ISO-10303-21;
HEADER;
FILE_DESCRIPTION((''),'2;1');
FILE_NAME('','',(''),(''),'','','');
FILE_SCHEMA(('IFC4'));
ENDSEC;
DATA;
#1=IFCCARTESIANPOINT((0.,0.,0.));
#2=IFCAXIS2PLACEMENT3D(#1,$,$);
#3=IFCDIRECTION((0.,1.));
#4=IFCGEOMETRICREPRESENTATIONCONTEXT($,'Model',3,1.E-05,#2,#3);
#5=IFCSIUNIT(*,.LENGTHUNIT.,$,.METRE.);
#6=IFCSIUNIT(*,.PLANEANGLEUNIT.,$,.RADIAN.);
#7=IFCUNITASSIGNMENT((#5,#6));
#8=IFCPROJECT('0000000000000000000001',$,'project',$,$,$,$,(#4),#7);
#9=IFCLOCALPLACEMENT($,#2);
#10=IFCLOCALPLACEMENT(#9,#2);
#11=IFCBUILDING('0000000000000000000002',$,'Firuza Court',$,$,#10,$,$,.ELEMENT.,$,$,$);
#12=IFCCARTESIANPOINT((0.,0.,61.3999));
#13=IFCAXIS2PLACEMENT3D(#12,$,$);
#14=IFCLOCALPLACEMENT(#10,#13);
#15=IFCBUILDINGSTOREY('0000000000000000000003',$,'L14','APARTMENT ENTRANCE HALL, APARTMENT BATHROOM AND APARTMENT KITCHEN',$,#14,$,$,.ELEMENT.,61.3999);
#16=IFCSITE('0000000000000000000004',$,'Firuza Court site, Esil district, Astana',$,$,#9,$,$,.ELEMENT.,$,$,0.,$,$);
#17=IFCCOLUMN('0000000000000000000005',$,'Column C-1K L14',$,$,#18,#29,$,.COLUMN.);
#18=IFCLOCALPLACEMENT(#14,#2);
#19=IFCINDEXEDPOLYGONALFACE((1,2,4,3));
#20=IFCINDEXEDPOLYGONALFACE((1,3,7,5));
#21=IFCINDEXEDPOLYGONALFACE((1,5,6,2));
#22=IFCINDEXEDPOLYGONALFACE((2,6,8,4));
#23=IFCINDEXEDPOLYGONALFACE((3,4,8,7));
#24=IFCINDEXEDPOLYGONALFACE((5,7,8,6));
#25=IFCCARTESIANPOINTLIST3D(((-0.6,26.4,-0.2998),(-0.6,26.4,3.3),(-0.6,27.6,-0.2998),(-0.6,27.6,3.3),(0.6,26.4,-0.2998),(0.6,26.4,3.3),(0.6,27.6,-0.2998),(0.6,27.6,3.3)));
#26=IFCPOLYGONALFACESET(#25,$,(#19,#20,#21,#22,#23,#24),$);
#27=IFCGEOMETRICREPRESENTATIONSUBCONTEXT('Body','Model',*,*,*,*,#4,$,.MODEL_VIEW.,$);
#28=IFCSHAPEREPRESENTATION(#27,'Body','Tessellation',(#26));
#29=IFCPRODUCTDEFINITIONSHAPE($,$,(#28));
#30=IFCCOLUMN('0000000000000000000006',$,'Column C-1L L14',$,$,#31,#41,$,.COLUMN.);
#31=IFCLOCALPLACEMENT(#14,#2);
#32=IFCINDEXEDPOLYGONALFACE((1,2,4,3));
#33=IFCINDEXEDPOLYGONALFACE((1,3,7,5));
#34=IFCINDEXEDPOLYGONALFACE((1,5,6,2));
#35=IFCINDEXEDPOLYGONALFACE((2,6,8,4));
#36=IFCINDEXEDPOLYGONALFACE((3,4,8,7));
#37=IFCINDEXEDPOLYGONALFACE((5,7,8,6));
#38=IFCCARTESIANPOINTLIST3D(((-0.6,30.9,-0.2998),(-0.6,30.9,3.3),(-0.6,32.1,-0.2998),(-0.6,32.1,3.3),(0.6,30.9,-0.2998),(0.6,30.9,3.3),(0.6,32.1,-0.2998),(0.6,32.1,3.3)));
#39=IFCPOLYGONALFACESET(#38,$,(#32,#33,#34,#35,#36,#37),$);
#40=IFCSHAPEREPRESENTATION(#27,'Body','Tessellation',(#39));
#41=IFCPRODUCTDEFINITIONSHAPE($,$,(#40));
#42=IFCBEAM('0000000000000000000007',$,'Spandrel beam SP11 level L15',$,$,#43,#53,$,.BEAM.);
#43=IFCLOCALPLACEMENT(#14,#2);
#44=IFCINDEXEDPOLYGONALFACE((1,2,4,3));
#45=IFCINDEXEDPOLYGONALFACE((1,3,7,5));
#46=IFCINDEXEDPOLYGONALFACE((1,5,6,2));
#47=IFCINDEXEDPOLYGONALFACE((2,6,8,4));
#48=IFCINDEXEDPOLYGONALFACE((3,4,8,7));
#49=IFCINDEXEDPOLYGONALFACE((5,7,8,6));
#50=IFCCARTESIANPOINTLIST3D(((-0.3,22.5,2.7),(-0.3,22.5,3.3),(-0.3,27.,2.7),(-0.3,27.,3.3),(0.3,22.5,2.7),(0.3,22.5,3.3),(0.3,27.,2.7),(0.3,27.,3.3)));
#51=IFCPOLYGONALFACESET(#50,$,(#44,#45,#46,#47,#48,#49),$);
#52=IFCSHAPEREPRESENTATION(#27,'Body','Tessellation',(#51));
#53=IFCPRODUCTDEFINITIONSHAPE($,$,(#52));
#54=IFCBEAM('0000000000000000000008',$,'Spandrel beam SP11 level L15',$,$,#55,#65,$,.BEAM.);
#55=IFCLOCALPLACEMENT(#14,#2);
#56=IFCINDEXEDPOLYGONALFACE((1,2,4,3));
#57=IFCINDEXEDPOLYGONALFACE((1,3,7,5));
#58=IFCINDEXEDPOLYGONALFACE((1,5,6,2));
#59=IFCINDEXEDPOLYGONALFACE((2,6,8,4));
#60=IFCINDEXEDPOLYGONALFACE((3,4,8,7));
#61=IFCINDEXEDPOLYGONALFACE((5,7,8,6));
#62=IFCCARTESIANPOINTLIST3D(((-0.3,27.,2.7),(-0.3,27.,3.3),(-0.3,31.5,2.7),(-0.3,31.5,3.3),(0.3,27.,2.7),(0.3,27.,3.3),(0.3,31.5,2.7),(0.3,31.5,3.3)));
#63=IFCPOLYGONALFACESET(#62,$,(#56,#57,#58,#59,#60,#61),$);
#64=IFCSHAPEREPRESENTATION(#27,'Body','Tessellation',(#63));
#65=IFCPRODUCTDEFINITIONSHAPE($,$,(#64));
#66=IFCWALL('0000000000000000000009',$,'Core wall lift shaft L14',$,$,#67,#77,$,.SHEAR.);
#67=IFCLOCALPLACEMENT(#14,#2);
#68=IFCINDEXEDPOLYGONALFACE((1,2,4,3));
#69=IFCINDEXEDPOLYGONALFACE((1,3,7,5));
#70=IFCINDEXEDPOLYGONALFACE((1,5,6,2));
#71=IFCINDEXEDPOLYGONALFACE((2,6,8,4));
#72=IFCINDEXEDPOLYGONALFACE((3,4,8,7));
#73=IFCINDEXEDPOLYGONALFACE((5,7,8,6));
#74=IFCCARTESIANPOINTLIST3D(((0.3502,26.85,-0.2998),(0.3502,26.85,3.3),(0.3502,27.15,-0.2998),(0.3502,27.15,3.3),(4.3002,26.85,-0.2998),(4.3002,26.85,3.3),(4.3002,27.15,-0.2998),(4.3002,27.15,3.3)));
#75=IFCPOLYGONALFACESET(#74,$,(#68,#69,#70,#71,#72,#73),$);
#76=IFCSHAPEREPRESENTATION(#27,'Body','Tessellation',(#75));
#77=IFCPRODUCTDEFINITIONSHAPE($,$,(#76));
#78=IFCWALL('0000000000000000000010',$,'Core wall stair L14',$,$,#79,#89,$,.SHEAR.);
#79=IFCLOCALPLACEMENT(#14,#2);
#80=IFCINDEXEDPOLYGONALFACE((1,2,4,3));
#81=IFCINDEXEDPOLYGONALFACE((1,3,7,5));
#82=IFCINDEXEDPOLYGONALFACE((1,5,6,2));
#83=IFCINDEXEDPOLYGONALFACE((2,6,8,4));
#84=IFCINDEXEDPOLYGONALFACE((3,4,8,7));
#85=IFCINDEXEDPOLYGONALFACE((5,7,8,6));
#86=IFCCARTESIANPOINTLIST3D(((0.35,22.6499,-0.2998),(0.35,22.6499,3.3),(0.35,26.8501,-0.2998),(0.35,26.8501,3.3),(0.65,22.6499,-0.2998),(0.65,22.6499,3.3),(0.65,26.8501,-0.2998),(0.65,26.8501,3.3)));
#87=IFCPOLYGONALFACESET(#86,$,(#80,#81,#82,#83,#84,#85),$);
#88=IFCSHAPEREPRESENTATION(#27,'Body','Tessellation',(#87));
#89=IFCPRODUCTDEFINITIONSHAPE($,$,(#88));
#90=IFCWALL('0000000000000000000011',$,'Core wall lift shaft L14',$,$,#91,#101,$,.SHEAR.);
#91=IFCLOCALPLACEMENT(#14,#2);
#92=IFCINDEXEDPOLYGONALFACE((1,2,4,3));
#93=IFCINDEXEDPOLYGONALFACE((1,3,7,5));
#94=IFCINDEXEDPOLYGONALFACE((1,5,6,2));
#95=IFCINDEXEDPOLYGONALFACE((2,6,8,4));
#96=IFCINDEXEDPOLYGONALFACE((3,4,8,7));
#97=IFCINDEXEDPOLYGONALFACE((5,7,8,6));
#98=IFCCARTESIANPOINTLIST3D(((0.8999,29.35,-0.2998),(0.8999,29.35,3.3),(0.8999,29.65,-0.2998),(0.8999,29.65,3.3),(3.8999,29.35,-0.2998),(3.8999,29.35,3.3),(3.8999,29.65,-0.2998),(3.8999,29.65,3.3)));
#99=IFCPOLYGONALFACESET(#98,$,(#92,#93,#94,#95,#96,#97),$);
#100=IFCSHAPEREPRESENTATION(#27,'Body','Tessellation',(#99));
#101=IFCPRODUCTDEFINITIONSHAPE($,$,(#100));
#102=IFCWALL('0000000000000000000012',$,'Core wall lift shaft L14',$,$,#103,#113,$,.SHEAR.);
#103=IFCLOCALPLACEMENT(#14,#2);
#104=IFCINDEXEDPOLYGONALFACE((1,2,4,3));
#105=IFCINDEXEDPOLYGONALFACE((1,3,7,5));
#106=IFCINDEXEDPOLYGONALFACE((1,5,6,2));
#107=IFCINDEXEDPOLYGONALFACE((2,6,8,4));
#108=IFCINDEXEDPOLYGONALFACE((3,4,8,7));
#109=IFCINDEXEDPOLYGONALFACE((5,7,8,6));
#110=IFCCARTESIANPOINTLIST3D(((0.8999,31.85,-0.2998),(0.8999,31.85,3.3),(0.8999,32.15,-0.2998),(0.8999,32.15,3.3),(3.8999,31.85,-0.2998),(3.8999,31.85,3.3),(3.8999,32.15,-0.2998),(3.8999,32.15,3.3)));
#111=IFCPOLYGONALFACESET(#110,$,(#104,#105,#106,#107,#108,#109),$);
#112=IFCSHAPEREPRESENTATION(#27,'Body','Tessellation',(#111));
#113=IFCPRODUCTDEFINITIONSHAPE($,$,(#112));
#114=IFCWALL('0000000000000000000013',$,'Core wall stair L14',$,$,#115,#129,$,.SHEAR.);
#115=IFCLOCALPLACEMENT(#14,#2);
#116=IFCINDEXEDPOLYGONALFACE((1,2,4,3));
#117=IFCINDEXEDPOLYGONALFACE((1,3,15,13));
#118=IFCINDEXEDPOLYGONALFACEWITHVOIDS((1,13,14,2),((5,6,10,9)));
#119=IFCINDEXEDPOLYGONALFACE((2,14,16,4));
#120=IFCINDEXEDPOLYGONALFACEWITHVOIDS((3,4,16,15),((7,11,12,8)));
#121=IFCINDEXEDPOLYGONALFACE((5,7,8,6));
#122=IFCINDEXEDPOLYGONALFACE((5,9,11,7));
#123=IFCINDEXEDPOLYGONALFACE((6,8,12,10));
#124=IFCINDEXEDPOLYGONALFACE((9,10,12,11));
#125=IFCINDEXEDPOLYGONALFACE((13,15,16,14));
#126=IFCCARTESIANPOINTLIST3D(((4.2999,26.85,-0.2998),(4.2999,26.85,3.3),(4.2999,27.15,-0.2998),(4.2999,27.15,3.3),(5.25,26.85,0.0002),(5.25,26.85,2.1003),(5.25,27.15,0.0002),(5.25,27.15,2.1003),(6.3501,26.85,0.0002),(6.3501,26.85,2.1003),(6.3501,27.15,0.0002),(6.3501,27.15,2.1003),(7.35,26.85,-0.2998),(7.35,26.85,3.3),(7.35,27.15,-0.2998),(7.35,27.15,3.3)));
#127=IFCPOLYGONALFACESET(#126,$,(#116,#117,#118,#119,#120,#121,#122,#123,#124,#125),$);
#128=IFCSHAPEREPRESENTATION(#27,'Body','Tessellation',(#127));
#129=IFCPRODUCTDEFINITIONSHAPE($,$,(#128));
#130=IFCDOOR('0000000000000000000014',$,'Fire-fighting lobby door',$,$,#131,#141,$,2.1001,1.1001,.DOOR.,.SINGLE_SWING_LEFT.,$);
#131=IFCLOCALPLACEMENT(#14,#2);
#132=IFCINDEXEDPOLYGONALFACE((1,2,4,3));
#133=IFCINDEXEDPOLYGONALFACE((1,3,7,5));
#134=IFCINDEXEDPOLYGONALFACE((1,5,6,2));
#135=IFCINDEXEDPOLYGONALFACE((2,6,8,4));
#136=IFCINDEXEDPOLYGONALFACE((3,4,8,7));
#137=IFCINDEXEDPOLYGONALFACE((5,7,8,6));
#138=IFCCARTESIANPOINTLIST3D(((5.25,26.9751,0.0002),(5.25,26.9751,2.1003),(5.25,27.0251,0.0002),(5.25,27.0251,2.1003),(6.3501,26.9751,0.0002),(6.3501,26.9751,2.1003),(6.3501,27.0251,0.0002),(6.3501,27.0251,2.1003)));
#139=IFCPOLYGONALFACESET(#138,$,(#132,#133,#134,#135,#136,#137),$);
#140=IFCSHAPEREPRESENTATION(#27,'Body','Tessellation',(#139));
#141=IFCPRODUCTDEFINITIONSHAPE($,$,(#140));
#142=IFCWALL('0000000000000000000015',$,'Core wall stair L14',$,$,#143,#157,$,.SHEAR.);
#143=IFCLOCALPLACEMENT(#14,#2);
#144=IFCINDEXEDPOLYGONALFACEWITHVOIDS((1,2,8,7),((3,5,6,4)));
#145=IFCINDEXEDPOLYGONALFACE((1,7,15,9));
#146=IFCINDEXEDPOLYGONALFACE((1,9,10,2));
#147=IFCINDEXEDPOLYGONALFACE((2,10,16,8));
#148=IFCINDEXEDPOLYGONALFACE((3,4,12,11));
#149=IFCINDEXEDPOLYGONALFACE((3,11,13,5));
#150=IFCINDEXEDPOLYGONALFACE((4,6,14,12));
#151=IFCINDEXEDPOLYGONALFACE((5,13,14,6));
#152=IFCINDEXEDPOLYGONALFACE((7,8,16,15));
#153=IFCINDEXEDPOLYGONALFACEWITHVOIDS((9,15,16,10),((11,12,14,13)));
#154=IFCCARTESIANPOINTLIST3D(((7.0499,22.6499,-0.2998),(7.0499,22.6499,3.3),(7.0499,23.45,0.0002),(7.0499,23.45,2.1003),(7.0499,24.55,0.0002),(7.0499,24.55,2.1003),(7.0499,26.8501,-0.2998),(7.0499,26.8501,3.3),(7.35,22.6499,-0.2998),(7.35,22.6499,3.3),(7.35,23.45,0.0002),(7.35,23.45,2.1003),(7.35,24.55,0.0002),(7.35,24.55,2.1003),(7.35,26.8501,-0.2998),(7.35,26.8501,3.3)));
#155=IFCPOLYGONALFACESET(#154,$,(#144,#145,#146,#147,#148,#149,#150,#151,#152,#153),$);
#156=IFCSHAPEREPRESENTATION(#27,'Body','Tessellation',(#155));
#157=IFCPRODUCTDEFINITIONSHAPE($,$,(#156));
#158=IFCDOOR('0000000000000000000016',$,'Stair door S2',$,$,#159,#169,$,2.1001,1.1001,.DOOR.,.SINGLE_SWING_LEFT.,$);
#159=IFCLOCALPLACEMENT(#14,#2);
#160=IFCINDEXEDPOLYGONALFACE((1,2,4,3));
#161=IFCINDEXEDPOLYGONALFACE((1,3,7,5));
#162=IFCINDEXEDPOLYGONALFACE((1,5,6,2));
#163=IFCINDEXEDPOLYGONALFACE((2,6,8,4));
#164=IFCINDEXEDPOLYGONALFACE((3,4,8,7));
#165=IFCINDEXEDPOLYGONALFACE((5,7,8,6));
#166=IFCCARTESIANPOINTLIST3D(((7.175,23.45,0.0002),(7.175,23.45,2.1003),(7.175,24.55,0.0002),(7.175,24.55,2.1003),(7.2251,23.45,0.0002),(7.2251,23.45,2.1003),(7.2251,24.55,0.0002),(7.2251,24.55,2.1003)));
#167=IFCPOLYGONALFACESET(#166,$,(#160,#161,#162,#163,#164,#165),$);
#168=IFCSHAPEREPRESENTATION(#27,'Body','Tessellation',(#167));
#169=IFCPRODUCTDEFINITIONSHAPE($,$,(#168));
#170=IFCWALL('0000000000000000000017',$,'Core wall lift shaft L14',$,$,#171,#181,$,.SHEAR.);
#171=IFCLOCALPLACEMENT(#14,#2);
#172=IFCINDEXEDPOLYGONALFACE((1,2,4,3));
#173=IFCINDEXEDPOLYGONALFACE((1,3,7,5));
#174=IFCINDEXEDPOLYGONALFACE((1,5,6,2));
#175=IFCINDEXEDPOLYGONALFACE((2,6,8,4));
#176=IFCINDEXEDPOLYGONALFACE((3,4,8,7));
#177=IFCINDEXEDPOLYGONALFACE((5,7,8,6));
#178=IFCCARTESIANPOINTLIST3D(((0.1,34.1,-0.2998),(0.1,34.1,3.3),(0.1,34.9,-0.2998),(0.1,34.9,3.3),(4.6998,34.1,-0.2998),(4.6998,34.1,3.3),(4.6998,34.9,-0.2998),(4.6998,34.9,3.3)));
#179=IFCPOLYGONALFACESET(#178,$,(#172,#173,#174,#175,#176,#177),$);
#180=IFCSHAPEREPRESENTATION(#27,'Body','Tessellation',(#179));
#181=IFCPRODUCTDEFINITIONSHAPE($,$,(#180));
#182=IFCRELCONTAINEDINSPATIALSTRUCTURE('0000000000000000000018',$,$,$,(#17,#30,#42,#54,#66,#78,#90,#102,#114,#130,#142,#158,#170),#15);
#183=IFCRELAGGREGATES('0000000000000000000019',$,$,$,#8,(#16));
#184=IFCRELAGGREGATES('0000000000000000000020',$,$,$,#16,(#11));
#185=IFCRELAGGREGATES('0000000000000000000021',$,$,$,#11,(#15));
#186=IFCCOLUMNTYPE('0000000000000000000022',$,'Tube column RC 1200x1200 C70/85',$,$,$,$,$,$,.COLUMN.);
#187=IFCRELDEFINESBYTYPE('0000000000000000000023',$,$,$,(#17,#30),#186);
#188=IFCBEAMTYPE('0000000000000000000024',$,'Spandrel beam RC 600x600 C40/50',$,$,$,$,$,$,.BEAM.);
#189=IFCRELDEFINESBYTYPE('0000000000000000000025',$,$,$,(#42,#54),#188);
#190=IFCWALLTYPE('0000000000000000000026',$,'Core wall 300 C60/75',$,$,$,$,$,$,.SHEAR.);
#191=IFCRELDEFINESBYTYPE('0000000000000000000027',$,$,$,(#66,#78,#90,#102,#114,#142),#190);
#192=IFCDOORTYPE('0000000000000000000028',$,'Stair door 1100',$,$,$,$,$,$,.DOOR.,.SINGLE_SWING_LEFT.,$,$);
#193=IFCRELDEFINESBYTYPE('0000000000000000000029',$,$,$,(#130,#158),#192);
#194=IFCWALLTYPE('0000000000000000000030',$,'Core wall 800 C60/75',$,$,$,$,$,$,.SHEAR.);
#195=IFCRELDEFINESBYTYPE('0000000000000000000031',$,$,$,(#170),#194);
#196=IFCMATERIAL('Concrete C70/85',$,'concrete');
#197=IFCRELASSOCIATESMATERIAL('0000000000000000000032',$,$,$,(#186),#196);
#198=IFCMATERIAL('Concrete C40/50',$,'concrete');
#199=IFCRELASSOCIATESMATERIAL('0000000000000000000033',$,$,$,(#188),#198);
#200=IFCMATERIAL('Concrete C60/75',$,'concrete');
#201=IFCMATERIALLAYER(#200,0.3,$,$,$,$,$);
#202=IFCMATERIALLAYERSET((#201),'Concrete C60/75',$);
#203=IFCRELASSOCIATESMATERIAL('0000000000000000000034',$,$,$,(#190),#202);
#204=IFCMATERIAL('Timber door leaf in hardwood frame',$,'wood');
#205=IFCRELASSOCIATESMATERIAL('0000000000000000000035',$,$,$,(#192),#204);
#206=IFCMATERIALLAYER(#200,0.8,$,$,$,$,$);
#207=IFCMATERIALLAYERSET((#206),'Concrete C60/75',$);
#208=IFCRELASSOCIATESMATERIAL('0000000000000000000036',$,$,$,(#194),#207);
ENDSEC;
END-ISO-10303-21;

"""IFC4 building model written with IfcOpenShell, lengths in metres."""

from ifc_helpers import new_model, si_unit, direction, frame, frame_2d, origin, origin_2d, place, context, subcontext, project, spatial, rectangle, extrude, material, layer, layer_set, material_profile, profile_set, type_object, element, fill, save


model = new_model("IFC4")

# Units and contexts
model_context = context("Model", 3, precision=1e-05, world=origin(), true_north=direction((0.0, 1.0)))
body_context = subcontext(model_context, "Body", "Model", "MODEL_VIEW")
ifc_project = project(units=[si_unit("LENGTHUNIT", "METRE"), si_unit("PLANEANGLEUNIT", "RADIAN")], contexts=[model_context])

# Site, building, storey
site_placement = place(None, origin())
site = spatial("IfcSite", under=ifc_project, at=site_placement, Name="Firuza Court site, Esil district, Astana", CompositionType="ELEMENT", RefElevation=0.0)
building_placement = place(site_placement, origin())
building = spatial("IfcBuilding", under=site, at=building_placement, Name="Firuza Court", CompositionType="ELEMENT")
storey_placement = place(building_placement, frame((0.0, 0.0, 61.3999)))
storey = spatial("IfcBuildingStorey", under=building, at=storey_placement, Name="L14", Description="APARTMENT ENTRANCE HALL, APARTMENT BATHROOM AND APARTMENT KITCHEN", CompositionType="ELEMENT", Elevation=61.3999)

# Columns
ifc_material_1 = material(Name="Concrete C70/85", Category="concrete")
ifc_material_profile_1 = material_profile(ifc_material_1, rectangle(XDim=1.2, YDim=1.2, at=origin_2d()), Name="RC 1200x1200")
ifc_profile_set_1 = profile_set([ifc_material_profile_1], Name="Concrete C70/85")
column_type = type_object("IfcColumnType", Name="Tube column RC 1200x1200 C70/85", PredefinedType="COLUMN", material=ifc_profile_set_1)
for number, where, z_axis, x_axis, name in (
    (1, (0.0, 27.0, -0.2998), (0.0, 0.0, 1.0), (1.0, 0.0, 0.0), "Column C-1K L14"),
    (2, (0.0, 31.5, -0.2998), (0.0, 0.0, 1.0), (1.0, 0.0, 0.0), "Column C-1L L14"),
):
    element("IfcColumn", number, at=place(storey_placement, frame(where, z_axis=z_axis, x_axis=x_axis)), inside=storey, type_object=column_type, Name=name, PredefinedType="COLUMN", context=body_context, shape_type="SweptSolid", body=[
        extrude(rectangle(XDim=1.2, YDim=1.2, at=origin_2d()), origin(), (0.0, 0.0, 1.0), 3.5999),
    ])

# Beams
ifc_material_2 = material(Name="Concrete C40/50", Category="concrete")
ifc_material_profile_2 = material_profile(ifc_material_2, rectangle(XDim=0.6001, YDim=0.6001, at=origin_2d()), Name="RC 600x600")
ifc_profile_set_2 = profile_set([ifc_material_profile_2], Name="Concrete C40/50")
beam_type = type_object("IfcBeamType", Name="Spandrel beam RC 600x600 C40/50", PredefinedType="BEAM", material=ifc_profile_set_2)
for number, where, z_axis, x_axis, name in (
    (3, (0.0, 27.0, 3.0), (0.0, -1.0, 0.0), (1.0, 0.0, 0.0), "Spandrel beam SP11 level L15"),
    (4, (0.0, 31.5, 3.0), (0.0, -1.0, 0.0), (1.0, 0.0, 0.0), "Spandrel beam SP11 level L15"),
):
    element("IfcBeam", number, at=place(storey_placement, frame(where, z_axis=z_axis, x_axis=x_axis)), inside=storey, type_object=beam_type, Name=name, PredefinedType="BEAM", context=body_context, shape_type="SweptSolid", body=[
        extrude(rectangle(XDim=0.6001, YDim=0.6001, at=origin_2d()), origin(), (0.0, 0.0, 1.0), 4.5),
    ])

# Walls
ifc_material_3 = material(Name="Concrete C60/75", Category="concrete")
ifc_layer_1 = layer(ifc_material_3, 0.3)
ifc_layer_set_1 = layer_set([ifc_layer_1], Name="Concrete C60/75")
wall_type_1 = type_object("IfcWallType", Name="Core wall 300 C60/75", PredefinedType="SHEAR", material=ifc_layer_set_1)
wall_1_placement = place(storey_placement, frame((0.3501, 27.0, -0.2998), z_axis=(0.0, 0.0, 1.0), x_axis=(1.0, 0.0, 0.0)))
element("IfcWall", 5, at=wall_1_placement, inside=storey, type_object=wall_type_1, Name="Core wall lift shaft L14", PredefinedType="SHEAR", context=body_context, shape_type="SweptSolid", body=[
    extrude(rectangle(XDim=3.95, YDim=0.3, at=frame_2d((1.9751, 0.0))), origin(), (0.0, 0.0, 1.0), 3.5999),
])
wall_2_placement = place(storey_placement, frame((0.5, 22.6499, -0.2998), z_axis=(0.0, 0.0, 1.0), x_axis=(0.0, 1.0, 0.0)))
element("IfcWall", 6, at=wall_2_placement, inside=storey, type_object=wall_type_1, Name="Core wall stair L14", PredefinedType="SHEAR", context=body_context, shape_type="SweptSolid", body=[
    extrude(rectangle(XDim=4.2002, YDim=0.3, at=frame_2d((2.1001, 0.0))), origin(), (0.0, 0.0, 1.0), 3.5999),
])
for number, where, z_axis, x_axis, name in (
    (7, (0.8999, 29.5, -0.2998), (0.0, 0.0, 1.0), (1.0, 0.0, 0.0), "Core wall lift shaft L14"),
    (8, (0.8999, 32.0, -0.2998), (0.0, 0.0, 1.0), (1.0, 0.0, 0.0), "Core wall lift shaft L14"),
):
    element("IfcWall", number, at=place(storey_placement, frame(where, z_axis=z_axis, x_axis=x_axis)), inside=storey, type_object=wall_type_1, Name=name, PredefinedType="SHEAR", context=body_context, shape_type="SweptSolid", body=[
        extrude(rectangle(XDim=3.0, YDim=0.3, at=frame_2d((1.5, 0.0))), origin(), (0.0, 0.0, 1.0), 3.5999),
    ])

# Walls, openings, doors
wall_3_placement = place(storey_placement, frame((4.3, 27.0, -0.2998), z_axis=(0.0, 0.0, 1.0), x_axis=(1.0, 0.0, 0.0)))
wall_3 = element("IfcWall", 9, at=wall_3_placement, inside=storey, type_object=wall_type_1, Name="Core wall stair L14", PredefinedType="SHEAR", context=body_context, shape_type="SweptSolid", body=[
    extrude(rectangle(XDim=3.05, YDim=0.3, at=frame_2d((1.5249, 0.0))), origin(), (0.0, 0.0, 1.0), 3.5999),
])
opening_1_placement = place(wall_3_placement, frame((0.95, 0.0, 0.3)))
opening_1 = element("IfcOpeningElement", 10, at=opening_1_placement, cuts=wall_3, PredefinedType="OPENING", context=body_context, shape_type="SweptSolid", body=[
    extrude(rectangle(XDim=1.1001, YDim=2.1001, at=frame_2d((0.55, 1.05))), frame((0.0, 0.1621, 0.0), z_axis=(0.0, -1.0, 0.0), x_axis=(1.0, 0.0, 0.0)), (0.0, 0.0, 1.0), 0.324),
])
ifc_material_4 = material(Name="Timber door leaf in hardwood frame", Category="wood")
door_type_1 = type_object("IfcDoorType", Name="Stair door 1100", OperationType="SINGLE_SWING_LEFT", PredefinedType="DOOR", material=ifc_material_4)
door_1_placement = place(opening_1_placement, frame((1.1001, 0.0, 0.0), z_axis=(0.0, 0.0, 1.0), x_axis=(-1.0, 0.0, 0.0)))
door_1 = element("IfcDoor", 11, at=door_1_placement, inside=storey, type_object=door_type_1, Name="Fire-fighting lobby door", OperationType="SINGLE_SWING_LEFT", OverallHeight=2.1001, OverallWidth=1.1001, PredefinedType="DOOR", context=body_context, shape_type="SweptSolid", body=[
    extrude(rectangle(XDim=1.1001, YDim=2.1001, at=frame_2d((0.55, 1.05))), frame((0.0, 0.0249, 0.0), z_axis=(0.0, -1.0, 0.0), x_axis=(1.0, 0.0, 0.0)), (0.0, 0.0, 1.0), 0.05),
])
fill(opening_1, door_1)
wall_4_placement = place(storey_placement, frame((7.2, 22.6499, -0.2998), z_axis=(0.0, 0.0, 1.0), x_axis=(0.0, 1.0, 0.0)))
wall_4 = element("IfcWall", 12, at=wall_4_placement, inside=storey, type_object=wall_type_1, Name="Core wall stair L14", PredefinedType="SHEAR", context=body_context, shape_type="SweptSolid", body=[
    extrude(rectangle(XDim=4.2002, YDim=0.3, at=frame_2d((2.1001, 0.0))), origin(), (0.0, 0.0, 1.0), 3.5999),
])
opening_2_placement = place(wall_4_placement, frame((0.8, 0.0, 0.3)))
opening_2 = element("IfcOpeningElement", 13, at=opening_2_placement, cuts=wall_4, PredefinedType="OPENING", context=body_context, shape_type="SweptSolid", body=[
    extrude(rectangle(XDim=1.1001, YDim=2.1001, at=frame_2d((0.55, 1.05))), frame((0.0, 0.1621, 0.0), z_axis=(0.0, -1.0, 0.0), x_axis=(1.0, 0.0, 0.0)), (0.0, 0.0, 1.0), 0.324),
])
door_2_placement = place(opening_2_placement, origin())
door_2 = element("IfcDoor", 14, at=door_2_placement, inside=storey, type_object=door_type_1, Name="Stair door S2", OperationType="SINGLE_SWING_LEFT", OverallHeight=2.1001, OverallWidth=1.1001, PredefinedType="DOOR", context=body_context, shape_type="SweptSolid", body=[
    extrude(rectangle(XDim=1.1001, YDim=2.1001, at=frame_2d((0.55, 1.05))), frame((0.0, 0.0249, 0.0), z_axis=(0.0, -1.0, 0.0), x_axis=(1.0, 0.0, 0.0)), (0.0, 0.0, 1.0), 0.05),
])
fill(opening_2, door_2)

# Wall
ifc_layer_2 = layer(ifc_material_3, 0.8)
ifc_layer_set_2 = layer_set([ifc_layer_2], Name="Concrete C60/75")
wall_type_2 = type_object("IfcWallType", Name="Core wall 800 C60/75", PredefinedType="SHEAR", material=ifc_layer_set_2)
wall_5_placement = place(storey_placement, frame((0.1001, 34.5, -0.2998), z_axis=(0.0, 0.0, 1.0), x_axis=(1.0, 0.0, 0.0)))
element("IfcWall", 15, at=wall_5_placement, inside=storey, type_object=wall_type_2, Name="Core wall lift shaft L14", PredefinedType="SHEAR", context=body_context, shape_type="SweptSolid", body=[
    extrude(rectangle(XDim=4.5999, YDim=0.8, at=frame_2d((2.2998, 0.0))), origin(), (0.0, 0.0, 1.0), 3.5999),
])

save(model, "model.ifc")
